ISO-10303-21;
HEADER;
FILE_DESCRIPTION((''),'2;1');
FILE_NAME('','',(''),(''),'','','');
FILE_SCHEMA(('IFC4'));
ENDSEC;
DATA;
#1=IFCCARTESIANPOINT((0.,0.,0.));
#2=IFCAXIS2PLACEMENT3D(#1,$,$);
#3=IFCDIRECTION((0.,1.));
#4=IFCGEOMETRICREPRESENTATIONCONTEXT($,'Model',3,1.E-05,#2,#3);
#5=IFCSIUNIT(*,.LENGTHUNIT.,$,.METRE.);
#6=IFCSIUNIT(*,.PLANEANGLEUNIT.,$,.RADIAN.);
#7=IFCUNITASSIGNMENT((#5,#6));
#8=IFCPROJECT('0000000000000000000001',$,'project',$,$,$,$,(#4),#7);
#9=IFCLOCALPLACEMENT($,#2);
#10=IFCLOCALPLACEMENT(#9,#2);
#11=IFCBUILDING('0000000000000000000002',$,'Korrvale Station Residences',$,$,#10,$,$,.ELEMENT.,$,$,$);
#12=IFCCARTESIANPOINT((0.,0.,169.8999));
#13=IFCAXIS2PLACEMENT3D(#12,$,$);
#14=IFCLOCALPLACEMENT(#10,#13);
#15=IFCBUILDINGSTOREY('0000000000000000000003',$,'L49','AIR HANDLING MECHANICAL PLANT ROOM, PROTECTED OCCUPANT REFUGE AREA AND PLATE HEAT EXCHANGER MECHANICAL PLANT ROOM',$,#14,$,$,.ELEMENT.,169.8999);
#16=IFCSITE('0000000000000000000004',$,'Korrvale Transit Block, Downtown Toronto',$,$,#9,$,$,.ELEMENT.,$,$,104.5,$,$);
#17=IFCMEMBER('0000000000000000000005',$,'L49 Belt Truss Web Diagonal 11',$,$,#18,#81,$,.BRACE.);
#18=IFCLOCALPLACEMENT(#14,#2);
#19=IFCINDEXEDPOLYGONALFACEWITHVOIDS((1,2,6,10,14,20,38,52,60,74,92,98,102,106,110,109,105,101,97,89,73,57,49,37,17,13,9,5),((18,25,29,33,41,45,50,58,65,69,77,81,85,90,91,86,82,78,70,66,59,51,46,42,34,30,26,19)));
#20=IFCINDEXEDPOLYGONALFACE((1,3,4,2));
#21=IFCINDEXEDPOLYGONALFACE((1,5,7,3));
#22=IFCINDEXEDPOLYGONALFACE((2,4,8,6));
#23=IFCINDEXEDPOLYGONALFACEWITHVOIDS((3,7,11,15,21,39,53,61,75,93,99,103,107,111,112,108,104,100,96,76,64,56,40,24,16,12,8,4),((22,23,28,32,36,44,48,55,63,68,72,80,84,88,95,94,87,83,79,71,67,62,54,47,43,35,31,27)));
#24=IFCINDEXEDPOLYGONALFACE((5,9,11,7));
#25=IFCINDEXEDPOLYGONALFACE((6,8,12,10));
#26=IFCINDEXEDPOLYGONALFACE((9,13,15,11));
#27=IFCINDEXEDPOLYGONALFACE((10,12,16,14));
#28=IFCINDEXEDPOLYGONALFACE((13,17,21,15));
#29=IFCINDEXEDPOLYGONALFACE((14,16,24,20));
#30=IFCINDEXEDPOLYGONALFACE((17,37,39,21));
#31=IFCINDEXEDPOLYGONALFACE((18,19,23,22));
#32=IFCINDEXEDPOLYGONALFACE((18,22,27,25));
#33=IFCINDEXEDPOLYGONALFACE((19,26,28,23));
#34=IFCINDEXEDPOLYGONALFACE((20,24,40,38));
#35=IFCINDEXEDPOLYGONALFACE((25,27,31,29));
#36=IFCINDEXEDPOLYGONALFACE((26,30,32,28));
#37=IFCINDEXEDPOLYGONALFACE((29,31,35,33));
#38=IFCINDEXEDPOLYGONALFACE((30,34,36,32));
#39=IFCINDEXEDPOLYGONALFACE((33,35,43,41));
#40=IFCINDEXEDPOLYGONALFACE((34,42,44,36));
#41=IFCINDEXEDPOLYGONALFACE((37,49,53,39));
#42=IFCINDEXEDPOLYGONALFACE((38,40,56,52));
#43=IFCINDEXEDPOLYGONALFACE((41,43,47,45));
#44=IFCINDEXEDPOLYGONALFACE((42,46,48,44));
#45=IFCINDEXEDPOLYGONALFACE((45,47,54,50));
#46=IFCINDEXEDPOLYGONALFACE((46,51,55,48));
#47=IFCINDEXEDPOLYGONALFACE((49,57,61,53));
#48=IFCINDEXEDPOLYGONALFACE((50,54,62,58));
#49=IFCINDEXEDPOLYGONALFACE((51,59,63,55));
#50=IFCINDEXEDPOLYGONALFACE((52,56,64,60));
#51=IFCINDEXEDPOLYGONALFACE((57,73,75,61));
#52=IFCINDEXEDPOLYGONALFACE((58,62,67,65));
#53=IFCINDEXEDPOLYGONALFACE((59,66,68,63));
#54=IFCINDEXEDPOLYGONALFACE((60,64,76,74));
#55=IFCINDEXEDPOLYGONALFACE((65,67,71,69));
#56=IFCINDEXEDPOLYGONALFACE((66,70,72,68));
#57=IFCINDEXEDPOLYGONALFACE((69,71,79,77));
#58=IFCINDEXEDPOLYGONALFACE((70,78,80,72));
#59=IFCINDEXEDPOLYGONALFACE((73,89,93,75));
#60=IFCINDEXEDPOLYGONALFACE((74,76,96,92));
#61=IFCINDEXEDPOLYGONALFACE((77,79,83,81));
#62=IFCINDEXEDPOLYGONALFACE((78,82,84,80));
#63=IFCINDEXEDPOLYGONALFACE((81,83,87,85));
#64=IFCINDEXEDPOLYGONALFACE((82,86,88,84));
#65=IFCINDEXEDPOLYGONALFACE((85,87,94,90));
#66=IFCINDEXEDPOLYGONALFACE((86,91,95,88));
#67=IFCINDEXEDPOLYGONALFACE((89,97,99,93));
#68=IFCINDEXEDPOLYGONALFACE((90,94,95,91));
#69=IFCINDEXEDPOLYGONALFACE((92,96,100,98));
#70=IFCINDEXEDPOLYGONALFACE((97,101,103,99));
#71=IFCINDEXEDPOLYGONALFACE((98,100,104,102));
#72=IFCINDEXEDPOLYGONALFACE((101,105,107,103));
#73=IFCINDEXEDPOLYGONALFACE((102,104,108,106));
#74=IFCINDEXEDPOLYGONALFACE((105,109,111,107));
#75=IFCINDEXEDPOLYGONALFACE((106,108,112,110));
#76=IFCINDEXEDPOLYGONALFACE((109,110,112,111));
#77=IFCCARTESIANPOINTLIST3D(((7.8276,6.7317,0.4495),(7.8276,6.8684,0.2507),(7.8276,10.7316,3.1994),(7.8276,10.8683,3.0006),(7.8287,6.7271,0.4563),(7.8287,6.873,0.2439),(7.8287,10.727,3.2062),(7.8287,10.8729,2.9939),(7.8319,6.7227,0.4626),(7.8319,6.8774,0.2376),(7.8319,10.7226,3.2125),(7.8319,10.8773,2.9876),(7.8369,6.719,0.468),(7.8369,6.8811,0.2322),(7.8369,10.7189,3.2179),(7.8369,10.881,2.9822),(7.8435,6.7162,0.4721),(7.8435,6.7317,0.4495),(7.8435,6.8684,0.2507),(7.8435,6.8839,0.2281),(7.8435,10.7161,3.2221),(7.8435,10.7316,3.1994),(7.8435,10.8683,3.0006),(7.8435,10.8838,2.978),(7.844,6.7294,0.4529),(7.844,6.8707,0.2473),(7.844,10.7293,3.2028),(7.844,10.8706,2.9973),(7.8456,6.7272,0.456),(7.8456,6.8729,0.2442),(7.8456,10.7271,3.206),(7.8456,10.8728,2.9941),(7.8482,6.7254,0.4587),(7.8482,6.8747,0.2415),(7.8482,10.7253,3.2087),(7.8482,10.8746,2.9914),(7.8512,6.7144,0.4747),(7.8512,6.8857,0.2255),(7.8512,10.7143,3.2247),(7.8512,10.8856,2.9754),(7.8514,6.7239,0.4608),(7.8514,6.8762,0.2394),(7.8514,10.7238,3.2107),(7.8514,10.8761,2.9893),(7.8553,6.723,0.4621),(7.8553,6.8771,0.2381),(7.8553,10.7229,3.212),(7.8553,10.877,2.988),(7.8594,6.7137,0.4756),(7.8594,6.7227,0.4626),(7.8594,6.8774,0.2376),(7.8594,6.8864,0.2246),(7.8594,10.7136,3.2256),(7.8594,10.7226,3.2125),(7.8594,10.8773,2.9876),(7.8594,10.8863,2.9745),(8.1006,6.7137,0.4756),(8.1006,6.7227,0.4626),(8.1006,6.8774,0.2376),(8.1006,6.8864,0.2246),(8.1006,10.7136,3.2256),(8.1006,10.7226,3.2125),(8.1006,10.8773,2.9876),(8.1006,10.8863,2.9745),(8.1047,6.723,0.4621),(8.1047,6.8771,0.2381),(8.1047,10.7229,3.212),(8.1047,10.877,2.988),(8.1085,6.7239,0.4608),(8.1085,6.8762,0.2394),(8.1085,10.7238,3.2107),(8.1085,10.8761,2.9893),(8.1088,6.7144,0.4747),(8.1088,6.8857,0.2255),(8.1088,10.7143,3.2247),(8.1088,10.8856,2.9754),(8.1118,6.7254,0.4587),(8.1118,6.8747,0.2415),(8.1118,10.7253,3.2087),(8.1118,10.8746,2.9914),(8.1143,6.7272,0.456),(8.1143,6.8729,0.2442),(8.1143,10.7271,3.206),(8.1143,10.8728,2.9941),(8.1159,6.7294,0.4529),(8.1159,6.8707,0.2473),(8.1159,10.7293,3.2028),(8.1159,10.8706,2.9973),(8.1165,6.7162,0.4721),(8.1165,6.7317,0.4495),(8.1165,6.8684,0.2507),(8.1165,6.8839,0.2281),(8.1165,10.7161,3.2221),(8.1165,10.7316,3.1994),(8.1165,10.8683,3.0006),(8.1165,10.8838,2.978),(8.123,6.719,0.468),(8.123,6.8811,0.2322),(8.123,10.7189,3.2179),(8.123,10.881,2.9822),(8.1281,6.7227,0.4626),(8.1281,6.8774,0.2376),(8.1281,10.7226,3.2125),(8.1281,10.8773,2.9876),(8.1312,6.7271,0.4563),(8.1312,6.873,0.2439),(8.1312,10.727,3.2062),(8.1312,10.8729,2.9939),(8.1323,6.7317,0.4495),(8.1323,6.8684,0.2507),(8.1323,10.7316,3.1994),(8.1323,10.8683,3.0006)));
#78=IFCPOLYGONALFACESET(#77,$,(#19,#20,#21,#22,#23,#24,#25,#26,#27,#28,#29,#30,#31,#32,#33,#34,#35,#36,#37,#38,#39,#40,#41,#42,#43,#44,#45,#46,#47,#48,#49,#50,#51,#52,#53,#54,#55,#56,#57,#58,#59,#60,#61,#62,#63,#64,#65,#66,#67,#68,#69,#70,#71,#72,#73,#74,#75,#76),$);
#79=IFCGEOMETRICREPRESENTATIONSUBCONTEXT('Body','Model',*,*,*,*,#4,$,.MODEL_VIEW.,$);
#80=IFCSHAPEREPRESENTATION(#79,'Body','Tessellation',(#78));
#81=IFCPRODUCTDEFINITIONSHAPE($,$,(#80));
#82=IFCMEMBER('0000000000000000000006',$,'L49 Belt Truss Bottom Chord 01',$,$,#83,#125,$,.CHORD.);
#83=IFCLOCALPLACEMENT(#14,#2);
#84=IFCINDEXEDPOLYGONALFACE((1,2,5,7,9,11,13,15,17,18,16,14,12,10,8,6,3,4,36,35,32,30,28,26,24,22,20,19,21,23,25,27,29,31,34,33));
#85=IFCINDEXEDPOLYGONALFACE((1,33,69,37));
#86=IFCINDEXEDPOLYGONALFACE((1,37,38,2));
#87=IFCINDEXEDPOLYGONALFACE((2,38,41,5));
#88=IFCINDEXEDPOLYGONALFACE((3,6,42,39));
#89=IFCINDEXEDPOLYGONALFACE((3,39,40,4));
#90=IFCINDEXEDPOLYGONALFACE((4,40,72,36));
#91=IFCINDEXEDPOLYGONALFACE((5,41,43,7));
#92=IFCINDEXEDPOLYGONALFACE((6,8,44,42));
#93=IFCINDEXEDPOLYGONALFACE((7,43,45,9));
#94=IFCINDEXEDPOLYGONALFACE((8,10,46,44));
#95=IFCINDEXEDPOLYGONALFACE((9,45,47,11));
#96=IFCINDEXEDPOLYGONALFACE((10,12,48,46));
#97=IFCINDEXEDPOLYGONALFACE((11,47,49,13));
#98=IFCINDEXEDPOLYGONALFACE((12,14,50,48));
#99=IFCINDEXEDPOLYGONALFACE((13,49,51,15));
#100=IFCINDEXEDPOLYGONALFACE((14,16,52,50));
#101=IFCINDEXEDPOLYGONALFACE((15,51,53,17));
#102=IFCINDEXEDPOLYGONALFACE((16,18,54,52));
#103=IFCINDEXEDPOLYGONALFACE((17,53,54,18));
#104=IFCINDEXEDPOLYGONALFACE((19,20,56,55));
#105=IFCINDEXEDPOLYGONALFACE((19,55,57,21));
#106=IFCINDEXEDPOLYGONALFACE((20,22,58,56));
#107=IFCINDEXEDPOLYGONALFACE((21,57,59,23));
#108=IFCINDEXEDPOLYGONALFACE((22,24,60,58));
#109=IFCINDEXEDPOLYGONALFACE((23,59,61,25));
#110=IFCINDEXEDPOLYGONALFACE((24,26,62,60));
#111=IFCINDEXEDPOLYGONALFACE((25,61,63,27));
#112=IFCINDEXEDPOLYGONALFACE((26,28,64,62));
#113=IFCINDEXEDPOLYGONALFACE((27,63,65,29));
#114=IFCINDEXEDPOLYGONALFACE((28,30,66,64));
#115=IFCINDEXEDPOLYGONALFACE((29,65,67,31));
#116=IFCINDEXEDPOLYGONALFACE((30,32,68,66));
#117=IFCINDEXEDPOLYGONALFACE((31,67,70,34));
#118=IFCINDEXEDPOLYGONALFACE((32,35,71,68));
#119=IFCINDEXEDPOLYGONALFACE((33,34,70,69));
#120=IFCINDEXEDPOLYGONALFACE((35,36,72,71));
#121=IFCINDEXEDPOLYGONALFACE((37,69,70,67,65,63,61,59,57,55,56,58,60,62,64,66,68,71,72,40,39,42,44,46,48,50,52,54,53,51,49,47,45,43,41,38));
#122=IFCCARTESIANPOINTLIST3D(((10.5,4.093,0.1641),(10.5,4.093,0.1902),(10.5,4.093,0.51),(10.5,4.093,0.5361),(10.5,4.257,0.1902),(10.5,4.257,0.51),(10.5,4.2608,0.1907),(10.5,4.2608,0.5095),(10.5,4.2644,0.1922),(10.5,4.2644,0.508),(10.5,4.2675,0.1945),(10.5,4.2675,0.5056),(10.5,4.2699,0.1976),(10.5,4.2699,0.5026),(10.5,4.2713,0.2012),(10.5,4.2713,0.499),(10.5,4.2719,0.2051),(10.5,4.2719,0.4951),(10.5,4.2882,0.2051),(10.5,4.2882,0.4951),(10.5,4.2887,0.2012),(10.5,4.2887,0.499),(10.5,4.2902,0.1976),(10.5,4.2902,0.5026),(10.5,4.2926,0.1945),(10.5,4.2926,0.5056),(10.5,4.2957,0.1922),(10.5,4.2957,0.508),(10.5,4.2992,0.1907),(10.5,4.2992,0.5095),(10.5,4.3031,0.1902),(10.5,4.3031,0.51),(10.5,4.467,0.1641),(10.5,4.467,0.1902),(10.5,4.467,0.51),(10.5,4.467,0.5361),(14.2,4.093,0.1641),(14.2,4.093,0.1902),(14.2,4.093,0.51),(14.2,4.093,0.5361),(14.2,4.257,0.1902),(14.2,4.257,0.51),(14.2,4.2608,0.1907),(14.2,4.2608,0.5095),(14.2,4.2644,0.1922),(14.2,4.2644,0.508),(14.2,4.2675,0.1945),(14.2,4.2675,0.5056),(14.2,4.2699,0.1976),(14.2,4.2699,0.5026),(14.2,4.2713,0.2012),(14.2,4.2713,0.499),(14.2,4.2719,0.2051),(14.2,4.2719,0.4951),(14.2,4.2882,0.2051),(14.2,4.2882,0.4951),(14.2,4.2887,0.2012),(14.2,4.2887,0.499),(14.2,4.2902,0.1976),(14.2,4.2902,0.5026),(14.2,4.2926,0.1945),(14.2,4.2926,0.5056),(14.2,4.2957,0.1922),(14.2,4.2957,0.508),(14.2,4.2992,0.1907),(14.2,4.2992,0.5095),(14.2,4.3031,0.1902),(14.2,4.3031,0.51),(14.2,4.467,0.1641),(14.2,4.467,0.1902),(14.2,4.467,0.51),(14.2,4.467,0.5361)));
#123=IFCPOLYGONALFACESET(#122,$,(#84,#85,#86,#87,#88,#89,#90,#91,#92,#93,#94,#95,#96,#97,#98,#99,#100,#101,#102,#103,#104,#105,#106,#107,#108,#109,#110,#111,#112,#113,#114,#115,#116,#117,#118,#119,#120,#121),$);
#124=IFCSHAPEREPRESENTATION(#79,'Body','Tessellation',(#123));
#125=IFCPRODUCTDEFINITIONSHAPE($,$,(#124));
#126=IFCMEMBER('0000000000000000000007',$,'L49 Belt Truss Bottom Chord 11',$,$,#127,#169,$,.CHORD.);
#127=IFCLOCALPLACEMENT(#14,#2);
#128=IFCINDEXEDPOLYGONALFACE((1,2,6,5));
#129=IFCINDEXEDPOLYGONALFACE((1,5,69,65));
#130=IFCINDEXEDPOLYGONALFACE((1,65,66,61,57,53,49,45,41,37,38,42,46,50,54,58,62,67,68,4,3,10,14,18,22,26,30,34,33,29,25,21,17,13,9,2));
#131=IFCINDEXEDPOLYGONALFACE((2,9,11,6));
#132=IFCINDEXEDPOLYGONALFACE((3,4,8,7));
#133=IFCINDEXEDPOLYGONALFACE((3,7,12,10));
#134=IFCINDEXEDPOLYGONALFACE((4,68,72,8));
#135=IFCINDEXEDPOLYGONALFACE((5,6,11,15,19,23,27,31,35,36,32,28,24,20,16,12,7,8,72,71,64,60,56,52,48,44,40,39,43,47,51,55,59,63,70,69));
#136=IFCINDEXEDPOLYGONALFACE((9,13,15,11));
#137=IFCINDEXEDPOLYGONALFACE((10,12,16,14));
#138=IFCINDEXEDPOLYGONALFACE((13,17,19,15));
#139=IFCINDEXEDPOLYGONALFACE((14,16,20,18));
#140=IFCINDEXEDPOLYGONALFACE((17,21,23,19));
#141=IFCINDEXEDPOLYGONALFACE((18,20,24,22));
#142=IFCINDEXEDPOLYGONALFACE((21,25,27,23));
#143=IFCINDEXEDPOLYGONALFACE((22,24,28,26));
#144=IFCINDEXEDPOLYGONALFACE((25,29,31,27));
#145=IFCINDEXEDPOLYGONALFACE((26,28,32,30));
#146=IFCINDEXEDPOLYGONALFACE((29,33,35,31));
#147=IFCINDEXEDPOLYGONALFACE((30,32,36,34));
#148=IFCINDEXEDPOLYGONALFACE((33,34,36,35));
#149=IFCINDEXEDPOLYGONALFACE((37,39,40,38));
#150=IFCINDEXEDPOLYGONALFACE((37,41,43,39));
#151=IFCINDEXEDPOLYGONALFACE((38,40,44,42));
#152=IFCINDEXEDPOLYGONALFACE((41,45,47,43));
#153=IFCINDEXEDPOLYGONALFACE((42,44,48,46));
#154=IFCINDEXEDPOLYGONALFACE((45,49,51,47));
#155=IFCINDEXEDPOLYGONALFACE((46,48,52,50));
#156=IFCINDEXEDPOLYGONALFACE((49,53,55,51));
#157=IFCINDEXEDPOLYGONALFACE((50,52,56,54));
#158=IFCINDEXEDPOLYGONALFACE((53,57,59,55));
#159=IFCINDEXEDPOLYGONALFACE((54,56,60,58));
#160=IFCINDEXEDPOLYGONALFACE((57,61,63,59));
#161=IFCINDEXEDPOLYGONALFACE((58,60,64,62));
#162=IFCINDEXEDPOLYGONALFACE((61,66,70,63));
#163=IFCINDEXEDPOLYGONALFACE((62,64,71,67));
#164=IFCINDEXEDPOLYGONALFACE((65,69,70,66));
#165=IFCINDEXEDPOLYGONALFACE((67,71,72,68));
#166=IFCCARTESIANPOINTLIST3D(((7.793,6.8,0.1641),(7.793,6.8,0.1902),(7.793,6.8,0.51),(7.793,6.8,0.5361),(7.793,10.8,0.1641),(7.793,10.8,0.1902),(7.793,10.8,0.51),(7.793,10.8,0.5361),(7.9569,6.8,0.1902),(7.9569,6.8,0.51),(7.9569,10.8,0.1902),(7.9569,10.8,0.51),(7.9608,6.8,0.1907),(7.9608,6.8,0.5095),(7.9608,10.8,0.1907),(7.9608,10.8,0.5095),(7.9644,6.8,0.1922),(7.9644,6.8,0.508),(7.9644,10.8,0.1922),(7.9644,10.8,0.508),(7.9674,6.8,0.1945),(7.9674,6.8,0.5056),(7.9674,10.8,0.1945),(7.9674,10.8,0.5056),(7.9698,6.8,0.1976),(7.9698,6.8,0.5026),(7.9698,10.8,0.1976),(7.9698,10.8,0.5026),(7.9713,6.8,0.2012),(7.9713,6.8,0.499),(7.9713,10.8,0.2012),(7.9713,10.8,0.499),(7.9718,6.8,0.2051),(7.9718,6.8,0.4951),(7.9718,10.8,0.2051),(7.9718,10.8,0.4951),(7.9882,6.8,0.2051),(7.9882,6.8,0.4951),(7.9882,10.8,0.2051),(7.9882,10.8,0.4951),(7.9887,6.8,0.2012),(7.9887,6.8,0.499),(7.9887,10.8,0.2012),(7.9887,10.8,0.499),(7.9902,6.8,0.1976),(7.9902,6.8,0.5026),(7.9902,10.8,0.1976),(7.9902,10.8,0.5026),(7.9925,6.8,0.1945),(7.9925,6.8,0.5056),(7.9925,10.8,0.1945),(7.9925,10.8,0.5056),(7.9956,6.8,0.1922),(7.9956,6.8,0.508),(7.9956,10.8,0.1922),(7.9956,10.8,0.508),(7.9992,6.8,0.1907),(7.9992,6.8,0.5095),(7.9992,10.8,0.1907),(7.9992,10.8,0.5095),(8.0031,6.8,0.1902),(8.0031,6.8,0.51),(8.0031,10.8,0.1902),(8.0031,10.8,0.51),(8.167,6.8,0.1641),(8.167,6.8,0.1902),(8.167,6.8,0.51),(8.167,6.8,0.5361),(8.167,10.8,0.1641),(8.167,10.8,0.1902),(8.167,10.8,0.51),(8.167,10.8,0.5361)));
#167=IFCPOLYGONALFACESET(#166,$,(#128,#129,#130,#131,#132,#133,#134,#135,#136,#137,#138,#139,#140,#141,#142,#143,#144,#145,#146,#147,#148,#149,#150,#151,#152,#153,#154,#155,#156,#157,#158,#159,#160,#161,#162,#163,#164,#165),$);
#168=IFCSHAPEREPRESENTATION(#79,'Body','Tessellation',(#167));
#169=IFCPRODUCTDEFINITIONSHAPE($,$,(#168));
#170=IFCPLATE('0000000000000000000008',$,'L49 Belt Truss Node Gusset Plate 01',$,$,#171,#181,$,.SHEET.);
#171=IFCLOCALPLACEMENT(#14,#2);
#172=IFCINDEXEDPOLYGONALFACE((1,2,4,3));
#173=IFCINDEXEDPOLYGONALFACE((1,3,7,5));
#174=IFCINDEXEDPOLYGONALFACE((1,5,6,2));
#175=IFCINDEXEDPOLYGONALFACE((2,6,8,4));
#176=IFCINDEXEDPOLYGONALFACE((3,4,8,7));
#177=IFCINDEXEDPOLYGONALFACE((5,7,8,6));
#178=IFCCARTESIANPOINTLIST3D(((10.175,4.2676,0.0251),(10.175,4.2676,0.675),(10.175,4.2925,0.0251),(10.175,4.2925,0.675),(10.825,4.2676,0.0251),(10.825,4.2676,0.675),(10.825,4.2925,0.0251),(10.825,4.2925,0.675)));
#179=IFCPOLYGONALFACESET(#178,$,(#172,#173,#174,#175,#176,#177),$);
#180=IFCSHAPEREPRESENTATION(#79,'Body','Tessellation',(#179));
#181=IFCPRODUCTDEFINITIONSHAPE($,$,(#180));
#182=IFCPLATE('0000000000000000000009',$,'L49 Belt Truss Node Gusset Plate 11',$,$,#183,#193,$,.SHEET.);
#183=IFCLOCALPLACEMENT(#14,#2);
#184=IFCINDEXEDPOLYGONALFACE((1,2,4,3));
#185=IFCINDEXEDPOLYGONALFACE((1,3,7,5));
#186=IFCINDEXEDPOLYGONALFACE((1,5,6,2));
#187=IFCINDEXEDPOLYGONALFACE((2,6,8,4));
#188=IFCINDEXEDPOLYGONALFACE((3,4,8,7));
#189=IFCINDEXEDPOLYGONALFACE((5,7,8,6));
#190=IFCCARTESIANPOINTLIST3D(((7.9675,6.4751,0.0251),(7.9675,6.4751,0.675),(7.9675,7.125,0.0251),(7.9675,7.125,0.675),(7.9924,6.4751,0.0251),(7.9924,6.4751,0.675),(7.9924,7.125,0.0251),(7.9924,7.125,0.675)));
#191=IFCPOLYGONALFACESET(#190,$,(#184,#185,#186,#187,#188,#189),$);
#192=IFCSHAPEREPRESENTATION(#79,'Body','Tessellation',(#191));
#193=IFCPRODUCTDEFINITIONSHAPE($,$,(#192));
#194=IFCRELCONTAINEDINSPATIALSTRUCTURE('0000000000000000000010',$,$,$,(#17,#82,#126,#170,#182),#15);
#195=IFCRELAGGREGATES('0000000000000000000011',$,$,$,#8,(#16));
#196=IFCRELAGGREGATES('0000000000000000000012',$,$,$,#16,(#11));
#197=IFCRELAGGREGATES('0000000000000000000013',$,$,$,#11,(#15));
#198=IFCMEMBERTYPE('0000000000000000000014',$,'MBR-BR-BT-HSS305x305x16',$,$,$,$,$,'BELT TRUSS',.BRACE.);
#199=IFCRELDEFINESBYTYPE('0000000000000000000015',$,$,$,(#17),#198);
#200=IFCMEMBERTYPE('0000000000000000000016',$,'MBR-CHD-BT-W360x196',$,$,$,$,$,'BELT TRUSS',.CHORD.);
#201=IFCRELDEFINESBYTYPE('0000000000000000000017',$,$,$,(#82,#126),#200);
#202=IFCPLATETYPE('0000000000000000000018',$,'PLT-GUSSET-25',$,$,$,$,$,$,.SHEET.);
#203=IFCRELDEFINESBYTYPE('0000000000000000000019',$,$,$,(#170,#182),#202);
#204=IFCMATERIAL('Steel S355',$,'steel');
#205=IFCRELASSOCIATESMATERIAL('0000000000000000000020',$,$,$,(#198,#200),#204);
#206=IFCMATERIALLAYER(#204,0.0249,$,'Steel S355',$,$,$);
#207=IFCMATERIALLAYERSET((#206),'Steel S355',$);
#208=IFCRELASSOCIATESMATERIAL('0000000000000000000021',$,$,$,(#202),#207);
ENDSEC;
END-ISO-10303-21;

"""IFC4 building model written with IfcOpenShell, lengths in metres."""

from ifc_helpers import new_model, si_unit, direction, frame, origin, origin_2d, place, context, subcontext, project, spatial, rectangle, hollow_rectangle, i_section, extrude, material, layer, layer_set, material_profile, profile_set, type_object, element, save


model = new_model("IFC4")

# Units and contexts
model_context = context("Model", 3, precision=1e-05, world=origin(), true_north=direction((0.0, 1.0)))
body_context = subcontext(model_context, "Body", "Model", "MODEL_VIEW")
ifc_project = project(units=[si_unit("LENGTHUNIT", "METRE"), si_unit("PLANEANGLEUNIT", "RADIAN")], contexts=[model_context])

# Site, building, storey
site_placement = place(None, origin())
site = spatial("IfcSite", under=ifc_project, at=site_placement, Name="Korrvale Transit Block, Downtown Toronto", CompositionType="ELEMENT", RefElevation=104.5)
building_placement = place(site_placement, origin())
building = spatial("IfcBuilding", under=site, at=building_placement, Name="Korrvale Station Residences", CompositionType="ELEMENT")
storey_placement = place(building_placement, frame((0.0, 0.0, 169.8999)))
storey = spatial("IfcBuildingStorey", under=building, at=storey_placement, Name="L49", Description="AIR HANDLING MECHANICAL PLANT ROOM, PROTECTED OCCUPANT REFUGE AREA AND PLATE HEAT EXCHANGER MECHANICAL PLANT ROOM", CompositionType="ELEMENT", Elevation=169.8999)

# Members
ifc_material_1 = material(Name="Steel S355", Category="steel")
ifc_material_profile_1 = material_profile(ifc_material_1, hollow_rectangle(XDim=0.3047, YDim=0.3047, WallThickness=0.0159, InnerFilletRadius=0.0159, OuterFilletRadius=0.0317, at=origin_2d()), Name="HSS305x305x16")
ifc_profile_set_1 = profile_set([ifc_material_profile_1], Name="Steel S355")
member_type_1 = type_object("IfcMemberType", Name="MBR-BR-BT-HSS305x305x16", ElementType="BELT TRUSS", PredefinedType="BRACE", material=ifc_profile_set_1)
member_1_placement = place(storey_placement, frame((7.98, 6.8, 0.3501), z_axis=(0.0, 0.824042, 0.566529), x_axis=(-1.0, 0.0, 0.0)))
element("IfcMember", 1, at=member_1_placement, inside=storey, type_object=member_type_1, Name="L49 Belt Truss Web Diagonal 11", PredefinedType="BRACE", context=body_context, shape_type="SweptSolid", body=[
    extrude(hollow_rectangle(XDim=0.3047, YDim=0.3047, WallThickness=0.0159, InnerFilletRadius=0.0159, OuterFilletRadius=0.0317, at=origin_2d()), origin(), (0.0, 0.0, 1.0), 4.854),
])
ifc_material_profile_2 = material_profile(ifc_material_1, i_section(OverallWidth=0.374, OverallDepth=0.3721, WebThickness=0.0164, FlangeThickness=0.0261, FilletRadius=0.0149, at=origin_2d()), Name="W360x196")
ifc_profile_set_2 = profile_set([ifc_material_profile_2], Name="Steel S355")
member_type_2 = type_object("IfcMemberType", Name="MBR-CHD-BT-W360x196", ElementType="BELT TRUSS", PredefinedType="CHORD", material=ifc_profile_set_2)
member_2_placement = place(storey_placement, frame((10.5, 4.28, 0.3501), z_axis=(1.0, 0.0, 0.0), x_axis=(0.0, 1.0, 0.0)))
element("IfcMember", 2, at=member_2_placement, inside=storey, type_object=member_type_2, Name="L49 Belt Truss Bottom Chord 01", PredefinedType="CHORD", context=body_context, shape_type="SweptSolid", body=[
    extrude(i_section(OverallWidth=0.374, OverallDepth=0.3721, WebThickness=0.0164, FlangeThickness=0.0261, FilletRadius=0.0149, at=origin_2d()), origin(), (0.0, 0.0, 1.0), 3.7),
])
member_3_placement = place(storey_placement, frame((7.98, 6.8, 0.3501), z_axis=(0.0, 1.0, 0.0), x_axis=(-1.0, 0.0, 0.0)))
element("IfcMember", 3, at=member_3_placement, inside=storey, type_object=member_type_2, Name="L49 Belt Truss Bottom Chord 11", PredefinedType="CHORD", context=body_context, shape_type="SweptSolid", body=[
    extrude(i_section(OverallWidth=0.374, OverallDepth=0.3721, WebThickness=0.0164, FlangeThickness=0.0261, FilletRadius=0.0149, at=origin_2d()), origin(), (0.0, 0.0, 1.0), 4.0),
])

# Plates
ifc_layer_1 = layer(ifc_material_1, 0.0249, Name="Steel S355")
ifc_layer_set_1 = layer_set([ifc_layer_1], Name="Steel S355")
plate_type = type_object("IfcPlateType", Name="PLT-GUSSET-25", PredefinedType="SHEET", material=ifc_layer_set_1)
for number, where, z_axis, x_axis, name in (
    (4, (10.5, 4.28, 0.0251), (0.0, 0.0, 1.0), (1.0, 0.0, 0.0), "L49 Belt Truss Node Gusset Plate 01"),
    (5, (7.98, 6.8, 0.0251), (0.0, 0.0, 1.0), (0.0, 1.0, 0.0), "L49 Belt Truss Node Gusset Plate 11"),
):
    element("IfcPlate", number, at=place(storey_placement, frame(where, z_axis=z_axis, x_axis=x_axis)), inside=storey, type_object=plate_type, Name=name, PredefinedType="SHEET", context=body_context, shape_type="SweptSolid", body=[
        extrude(rectangle(XDim=0.6499, YDim=0.0249, at=origin_2d()), origin(), (0.0, 0.0, 1.0), 0.6499),
    ])

save(model, "model.ifc")
